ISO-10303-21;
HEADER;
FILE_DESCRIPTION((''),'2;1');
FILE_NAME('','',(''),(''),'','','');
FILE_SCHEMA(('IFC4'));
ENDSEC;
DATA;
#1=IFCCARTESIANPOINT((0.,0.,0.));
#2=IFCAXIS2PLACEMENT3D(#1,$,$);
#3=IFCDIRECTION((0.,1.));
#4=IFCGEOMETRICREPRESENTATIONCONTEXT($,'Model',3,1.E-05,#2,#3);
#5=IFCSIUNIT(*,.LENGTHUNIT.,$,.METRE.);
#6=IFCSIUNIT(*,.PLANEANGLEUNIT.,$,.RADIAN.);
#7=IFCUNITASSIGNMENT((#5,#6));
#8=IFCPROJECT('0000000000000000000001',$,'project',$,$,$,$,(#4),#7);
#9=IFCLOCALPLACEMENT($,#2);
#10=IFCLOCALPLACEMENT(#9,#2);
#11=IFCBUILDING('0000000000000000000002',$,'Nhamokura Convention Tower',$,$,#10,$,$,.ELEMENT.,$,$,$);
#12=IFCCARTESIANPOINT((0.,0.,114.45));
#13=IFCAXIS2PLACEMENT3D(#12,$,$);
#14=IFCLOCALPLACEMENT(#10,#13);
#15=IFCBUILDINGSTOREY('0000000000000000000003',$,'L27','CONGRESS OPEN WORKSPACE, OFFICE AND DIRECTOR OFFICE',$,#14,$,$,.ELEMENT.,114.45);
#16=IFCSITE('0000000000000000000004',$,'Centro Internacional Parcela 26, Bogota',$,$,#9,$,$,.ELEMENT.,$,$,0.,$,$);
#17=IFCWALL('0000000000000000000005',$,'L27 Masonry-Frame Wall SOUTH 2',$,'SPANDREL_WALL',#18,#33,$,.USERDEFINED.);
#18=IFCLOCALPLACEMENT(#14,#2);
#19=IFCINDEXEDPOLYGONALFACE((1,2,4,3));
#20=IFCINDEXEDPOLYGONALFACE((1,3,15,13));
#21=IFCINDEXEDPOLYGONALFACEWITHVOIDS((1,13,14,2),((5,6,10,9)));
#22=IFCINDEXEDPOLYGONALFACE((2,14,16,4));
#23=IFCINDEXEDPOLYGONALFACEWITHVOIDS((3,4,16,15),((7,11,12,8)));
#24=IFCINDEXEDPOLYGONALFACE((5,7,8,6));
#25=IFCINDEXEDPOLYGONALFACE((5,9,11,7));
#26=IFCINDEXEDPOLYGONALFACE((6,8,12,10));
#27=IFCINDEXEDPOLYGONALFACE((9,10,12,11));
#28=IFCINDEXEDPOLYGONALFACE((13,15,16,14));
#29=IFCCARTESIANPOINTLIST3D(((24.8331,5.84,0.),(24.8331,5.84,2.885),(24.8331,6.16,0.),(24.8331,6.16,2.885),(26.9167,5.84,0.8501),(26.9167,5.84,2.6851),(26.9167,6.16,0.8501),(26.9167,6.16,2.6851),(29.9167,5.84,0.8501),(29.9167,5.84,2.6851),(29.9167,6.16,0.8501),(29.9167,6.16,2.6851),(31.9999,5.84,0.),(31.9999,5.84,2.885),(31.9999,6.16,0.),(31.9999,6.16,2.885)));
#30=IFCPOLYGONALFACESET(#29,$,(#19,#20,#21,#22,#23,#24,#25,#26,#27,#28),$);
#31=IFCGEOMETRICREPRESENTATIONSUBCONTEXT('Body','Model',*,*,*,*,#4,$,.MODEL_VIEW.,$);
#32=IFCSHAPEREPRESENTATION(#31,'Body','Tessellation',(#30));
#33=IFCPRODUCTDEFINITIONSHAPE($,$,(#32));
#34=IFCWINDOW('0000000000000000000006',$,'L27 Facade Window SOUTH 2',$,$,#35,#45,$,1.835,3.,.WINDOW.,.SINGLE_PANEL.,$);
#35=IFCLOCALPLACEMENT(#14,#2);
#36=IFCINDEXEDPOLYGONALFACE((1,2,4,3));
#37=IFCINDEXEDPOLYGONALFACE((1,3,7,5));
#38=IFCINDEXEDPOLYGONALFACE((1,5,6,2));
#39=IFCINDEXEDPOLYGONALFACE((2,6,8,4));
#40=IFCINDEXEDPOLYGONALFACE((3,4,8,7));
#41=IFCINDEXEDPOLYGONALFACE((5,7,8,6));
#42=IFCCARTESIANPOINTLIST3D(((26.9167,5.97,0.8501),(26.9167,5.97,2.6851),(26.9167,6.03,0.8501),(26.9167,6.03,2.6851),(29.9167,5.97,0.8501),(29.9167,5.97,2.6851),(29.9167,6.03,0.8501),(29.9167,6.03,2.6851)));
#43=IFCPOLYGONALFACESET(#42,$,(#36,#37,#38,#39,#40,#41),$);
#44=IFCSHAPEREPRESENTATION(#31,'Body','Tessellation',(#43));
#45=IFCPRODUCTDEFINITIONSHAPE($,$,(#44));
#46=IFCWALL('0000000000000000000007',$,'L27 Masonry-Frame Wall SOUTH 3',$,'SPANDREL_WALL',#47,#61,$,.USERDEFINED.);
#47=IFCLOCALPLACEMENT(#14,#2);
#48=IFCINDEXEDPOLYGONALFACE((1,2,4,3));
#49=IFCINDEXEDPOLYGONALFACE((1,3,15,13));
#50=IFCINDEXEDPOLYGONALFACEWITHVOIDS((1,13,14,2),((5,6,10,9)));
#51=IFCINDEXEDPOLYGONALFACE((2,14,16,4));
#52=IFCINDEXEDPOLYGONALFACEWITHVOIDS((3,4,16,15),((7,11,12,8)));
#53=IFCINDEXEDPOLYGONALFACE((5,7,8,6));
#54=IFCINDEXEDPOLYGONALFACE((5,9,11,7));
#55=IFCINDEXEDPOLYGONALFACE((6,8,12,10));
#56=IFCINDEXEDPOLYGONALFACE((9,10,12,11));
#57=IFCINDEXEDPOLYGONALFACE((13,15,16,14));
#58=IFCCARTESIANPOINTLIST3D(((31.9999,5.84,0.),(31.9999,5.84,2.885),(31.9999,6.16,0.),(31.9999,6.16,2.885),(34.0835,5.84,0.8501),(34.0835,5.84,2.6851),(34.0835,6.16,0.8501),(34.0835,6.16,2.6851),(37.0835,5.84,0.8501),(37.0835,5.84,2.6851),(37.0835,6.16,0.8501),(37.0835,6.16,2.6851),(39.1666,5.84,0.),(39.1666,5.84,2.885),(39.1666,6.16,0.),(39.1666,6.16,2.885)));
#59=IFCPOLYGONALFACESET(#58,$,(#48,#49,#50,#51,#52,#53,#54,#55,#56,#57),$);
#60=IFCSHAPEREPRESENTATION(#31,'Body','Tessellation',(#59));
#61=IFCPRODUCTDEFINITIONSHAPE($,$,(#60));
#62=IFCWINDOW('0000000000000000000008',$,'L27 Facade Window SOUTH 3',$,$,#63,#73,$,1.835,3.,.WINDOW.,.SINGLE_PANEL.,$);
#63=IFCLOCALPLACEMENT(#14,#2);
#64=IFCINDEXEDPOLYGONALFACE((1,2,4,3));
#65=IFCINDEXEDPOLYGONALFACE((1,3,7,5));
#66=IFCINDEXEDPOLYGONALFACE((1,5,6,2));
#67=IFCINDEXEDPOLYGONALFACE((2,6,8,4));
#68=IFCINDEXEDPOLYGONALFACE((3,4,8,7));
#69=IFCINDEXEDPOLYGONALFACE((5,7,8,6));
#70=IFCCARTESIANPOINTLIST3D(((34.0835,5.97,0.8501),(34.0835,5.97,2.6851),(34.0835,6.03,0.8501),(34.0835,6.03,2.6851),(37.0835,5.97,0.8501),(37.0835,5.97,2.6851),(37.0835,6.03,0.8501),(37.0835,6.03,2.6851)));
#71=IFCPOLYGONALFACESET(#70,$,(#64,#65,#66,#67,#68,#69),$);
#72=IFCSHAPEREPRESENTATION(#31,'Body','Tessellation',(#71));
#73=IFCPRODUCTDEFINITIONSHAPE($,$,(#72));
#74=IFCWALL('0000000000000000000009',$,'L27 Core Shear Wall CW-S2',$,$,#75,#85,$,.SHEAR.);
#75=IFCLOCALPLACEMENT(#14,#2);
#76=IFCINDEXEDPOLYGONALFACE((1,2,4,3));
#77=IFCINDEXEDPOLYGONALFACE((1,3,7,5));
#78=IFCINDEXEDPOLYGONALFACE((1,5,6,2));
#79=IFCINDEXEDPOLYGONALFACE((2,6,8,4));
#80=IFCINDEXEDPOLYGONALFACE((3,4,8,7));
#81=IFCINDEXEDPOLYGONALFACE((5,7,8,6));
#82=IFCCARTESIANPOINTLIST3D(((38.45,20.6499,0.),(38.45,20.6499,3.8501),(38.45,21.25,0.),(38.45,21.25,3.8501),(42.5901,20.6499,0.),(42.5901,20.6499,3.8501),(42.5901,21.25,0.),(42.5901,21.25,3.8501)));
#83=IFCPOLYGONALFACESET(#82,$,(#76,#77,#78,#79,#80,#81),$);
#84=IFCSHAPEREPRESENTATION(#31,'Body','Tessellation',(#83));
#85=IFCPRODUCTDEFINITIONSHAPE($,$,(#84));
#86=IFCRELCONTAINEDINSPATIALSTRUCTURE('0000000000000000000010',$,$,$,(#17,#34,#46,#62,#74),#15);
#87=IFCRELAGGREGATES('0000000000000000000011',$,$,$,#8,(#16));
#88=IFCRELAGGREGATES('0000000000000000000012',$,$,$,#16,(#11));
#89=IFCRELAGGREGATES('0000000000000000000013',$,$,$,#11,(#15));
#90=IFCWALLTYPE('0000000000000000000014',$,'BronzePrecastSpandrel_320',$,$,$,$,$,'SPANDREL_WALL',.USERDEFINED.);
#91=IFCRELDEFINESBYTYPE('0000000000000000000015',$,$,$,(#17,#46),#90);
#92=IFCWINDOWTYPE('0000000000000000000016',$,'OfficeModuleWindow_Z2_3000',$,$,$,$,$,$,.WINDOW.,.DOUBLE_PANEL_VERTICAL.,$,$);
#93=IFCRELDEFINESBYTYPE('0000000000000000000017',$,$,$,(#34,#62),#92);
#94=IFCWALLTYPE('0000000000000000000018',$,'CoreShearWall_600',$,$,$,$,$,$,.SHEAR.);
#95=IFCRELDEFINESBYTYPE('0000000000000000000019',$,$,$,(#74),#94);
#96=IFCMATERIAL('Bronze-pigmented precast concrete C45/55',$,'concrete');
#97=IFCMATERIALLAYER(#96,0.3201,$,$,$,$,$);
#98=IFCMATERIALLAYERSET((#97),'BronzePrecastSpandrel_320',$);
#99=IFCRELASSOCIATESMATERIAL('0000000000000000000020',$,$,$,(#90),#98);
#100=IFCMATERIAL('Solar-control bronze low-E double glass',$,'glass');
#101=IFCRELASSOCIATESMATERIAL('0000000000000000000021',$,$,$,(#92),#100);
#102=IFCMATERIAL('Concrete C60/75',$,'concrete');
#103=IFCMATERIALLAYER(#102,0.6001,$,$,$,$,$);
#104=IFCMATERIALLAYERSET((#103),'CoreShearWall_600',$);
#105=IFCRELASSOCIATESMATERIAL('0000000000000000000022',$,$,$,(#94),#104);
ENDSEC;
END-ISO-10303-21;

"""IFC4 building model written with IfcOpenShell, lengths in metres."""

from ifc_helpers import new_model, si_unit, direction, frame, frame_2d, origin, place, context, subcontext, project, spatial, rectangle, extrude, material, layer, layer_set, type_object, element, fill, save


model = new_model("IFC4")

# Units and contexts
model_context = context("Model", 3, precision=1e-05, world=origin(), true_north=direction((0.0, 1.0)))
body_context = subcontext(model_context, "Body", "Model", "MODEL_VIEW")
ifc_project = project(units=[si_unit("LENGTHUNIT", "METRE"), si_unit("PLANEANGLEUNIT", "RADIAN")], contexts=[model_context])

# Site, building, storey
site_placement = place(None, origin())
site = spatial("IfcSite", under=ifc_project, at=site_placement, Name="Centro Internacional Parcela 26, Bogota", CompositionType="ELEMENT", RefElevation=0.0)
building_placement = place(site_placement, origin())
building = spatial("IfcBuilding", under=site, at=building_placement, Name="Nhamokura Convention Tower", CompositionType="ELEMENT")
storey_placement = place(building_placement, frame((0.0, 0.0, 114.45)))
storey = spatial("IfcBuildingStorey", under=building, at=storey_placement, Name="L27", Description="CONGRESS OPEN WORKSPACE, OFFICE AND DIRECTOR OFFICE", CompositionType="ELEMENT", Elevation=114.45)

# Walls, openings, windows
ifc_material_1 = material(Name="Bronze-pigmented precast concrete C45/55", Category="concrete")
ifc_layer_1 = layer(ifc_material_1, 0.3201)
ifc_layer_set_1 = layer_set([ifc_layer_1], Name="BronzePrecastSpandrel_320")
wall_type_1 = type_object("IfcWallType", Name="BronzePrecastSpandrel_320", ElementType="SPANDREL_WALL", PredefinedType="USERDEFINED", material=ifc_layer_set_1)
wall_1_placement = place(storey_placement, frame((32.0, 6.0, 0.0), z_axis=(0.0, 0.0, 1.0), x_axis=(-1.0, 0.0, 0.0)))
wall_1 = element("IfcWall", 1, at=wall_1_placement, inside=storey, type_object=wall_type_1, Name="L27 Masonry-Frame Wall SOUTH 2", ObjectType="SPANDREL_WALL", PredefinedType="USERDEFINED", context=body_context, shape_type="SweptSolid", body=[
    extrude(rectangle(XDim=7.1667, YDim=0.3201, at=frame_2d((3.5835, 0.0))), origin(), (0.0, 0.0, 1.0), 2.885),
])
opening_1_placement = place(wall_1_placement, frame((2.0833, 0.0, 0.8501)))
opening_1 = element("IfcOpeningElement", 2, at=opening_1_placement, cuts=wall_1, PredefinedType="OPENING", context=body_context, shape_type="SweptSolid", body=[
    extrude(rectangle(XDim=3.0, YDim=1.835, at=frame_2d((1.5, 0.9175))), frame((0.0, 0.1699, 0.0), z_axis=(0.0, -1.0, 0.0), x_axis=(1.0, 0.0, 0.0)), (0.0, 0.0, 1.0), 0.3401),
])
ifc_material_2 = material(Name="Solar-control bronze low-E double glass", Category="glass")
window_type = type_object("IfcWindowType", Name="OfficeModuleWindow_Z2_3000", PartitioningType="DOUBLE_PANEL_VERTICAL", PredefinedType="WINDOW", material=ifc_material_2)
window_1_placement = place(opening_1_placement, origin())
window_1 = element("IfcWindow", 3, at=window_1_placement, inside=storey, type_object=window_type, Name="L27 Facade Window SOUTH 2", OverallHeight=1.835, OverallWidth=3.0, PartitioningType="SINGLE_PANEL", PredefinedType="WINDOW", context=body_context, shape_type="SweptSolid", body=[
    extrude(rectangle(XDim=3.0, YDim=1.835, at=frame_2d((1.5, 0.9175))), frame((0.0, 0.03, 0.0), z_axis=(0.0, -1.0, 0.0), x_axis=(1.0, 0.0, 0.0)), (0.0, 0.0, 1.0), 0.0601),
])
fill(opening_1, window_1)
wall_2_placement = place(storey_placement, frame((39.1667, 6.0, 0.0), z_axis=(0.0, 0.0, 1.0), x_axis=(-1.0, 0.0, 0.0)))
wall_2 = element("IfcWall", 4, at=wall_2_placement, inside=storey, type_object=wall_type_1, Name="L27 Masonry-Frame Wall SOUTH 3", ObjectType="SPANDREL_WALL", PredefinedType="USERDEFINED", context=body_context, shape_type="SweptSolid", body=[
    extrude(rectangle(XDim=7.1667, YDim=0.3201, at=frame_2d((3.5835, 0.0))), origin(), (0.0, 0.0, 1.0), 2.885),
])
opening_2_placement = place(wall_2_placement, frame((2.0833, 0.0, 0.8501)))
opening_2 = element("IfcOpeningElement", 5, at=opening_2_placement, cuts=wall_2, PredefinedType="OPENING", context=body_context, shape_type="SweptSolid", body=[
    extrude(rectangle(XDim=3.0, YDim=1.835, at=frame_2d((1.5, 0.9175))), frame((0.0, 0.1699, 0.0), z_axis=(0.0, -1.0, 0.0), x_axis=(1.0, 0.0, 0.0)), (0.0, 0.0, 1.0), 0.3401),
])
window_2_placement = place(opening_2_placement, origin())
window_2 = element("IfcWindow", 6, at=window_2_placement, inside=storey, type_object=window_type, Name="L27 Facade Window SOUTH 3", OverallHeight=1.835, OverallWidth=3.0, PartitioningType="SINGLE_PANEL", PredefinedType="WINDOW", context=body_context, shape_type="SweptSolid", body=[
    extrude(rectangle(XDim=3.0, YDim=1.835, at=frame_2d((1.5, 0.9175))), frame((0.0, 0.03, 0.0), z_axis=(0.0, -1.0, 0.0), x_axis=(1.0, 0.0, 0.0)), (0.0, 0.0, 1.0), 0.0601),
])
fill(opening_2, window_2)

# Shared definitions
ifc_material_3 = material(Name="Concrete C60/75", Category="concrete")
ifc_layer_2 = layer(ifc_material_3, 0.6001)
ifc_layer_set_2 = layer_set([ifc_layer_2], Name="CoreShearWall_600")
wall_type_2 = type_object("IfcWallType", Name="CoreShearWall_600", PredefinedType="SHEAR", material=ifc_layer_set_2)

# Wall
wall_3_placement = place(storey_placement, frame((38.45, 20.95, 0.0), z_axis=(0.0, 0.0, 1.0), x_axis=(1.0, 0.0, 0.0)))
element("IfcWall", 7, at=wall_3_placement, inside=storey, type_object=wall_type_2, Name="L27 Core Shear Wall CW-S2", PredefinedType="SHEAR", context=body_context, shape_type="SweptSolid", body=[
    extrude(rectangle(XDim=4.1401, YDim=0.6001, at=frame_2d((2.0701, 0.0))), origin(), (0.0, 0.0, 1.0), 3.8501),
])

save(model, "model.ifc")
